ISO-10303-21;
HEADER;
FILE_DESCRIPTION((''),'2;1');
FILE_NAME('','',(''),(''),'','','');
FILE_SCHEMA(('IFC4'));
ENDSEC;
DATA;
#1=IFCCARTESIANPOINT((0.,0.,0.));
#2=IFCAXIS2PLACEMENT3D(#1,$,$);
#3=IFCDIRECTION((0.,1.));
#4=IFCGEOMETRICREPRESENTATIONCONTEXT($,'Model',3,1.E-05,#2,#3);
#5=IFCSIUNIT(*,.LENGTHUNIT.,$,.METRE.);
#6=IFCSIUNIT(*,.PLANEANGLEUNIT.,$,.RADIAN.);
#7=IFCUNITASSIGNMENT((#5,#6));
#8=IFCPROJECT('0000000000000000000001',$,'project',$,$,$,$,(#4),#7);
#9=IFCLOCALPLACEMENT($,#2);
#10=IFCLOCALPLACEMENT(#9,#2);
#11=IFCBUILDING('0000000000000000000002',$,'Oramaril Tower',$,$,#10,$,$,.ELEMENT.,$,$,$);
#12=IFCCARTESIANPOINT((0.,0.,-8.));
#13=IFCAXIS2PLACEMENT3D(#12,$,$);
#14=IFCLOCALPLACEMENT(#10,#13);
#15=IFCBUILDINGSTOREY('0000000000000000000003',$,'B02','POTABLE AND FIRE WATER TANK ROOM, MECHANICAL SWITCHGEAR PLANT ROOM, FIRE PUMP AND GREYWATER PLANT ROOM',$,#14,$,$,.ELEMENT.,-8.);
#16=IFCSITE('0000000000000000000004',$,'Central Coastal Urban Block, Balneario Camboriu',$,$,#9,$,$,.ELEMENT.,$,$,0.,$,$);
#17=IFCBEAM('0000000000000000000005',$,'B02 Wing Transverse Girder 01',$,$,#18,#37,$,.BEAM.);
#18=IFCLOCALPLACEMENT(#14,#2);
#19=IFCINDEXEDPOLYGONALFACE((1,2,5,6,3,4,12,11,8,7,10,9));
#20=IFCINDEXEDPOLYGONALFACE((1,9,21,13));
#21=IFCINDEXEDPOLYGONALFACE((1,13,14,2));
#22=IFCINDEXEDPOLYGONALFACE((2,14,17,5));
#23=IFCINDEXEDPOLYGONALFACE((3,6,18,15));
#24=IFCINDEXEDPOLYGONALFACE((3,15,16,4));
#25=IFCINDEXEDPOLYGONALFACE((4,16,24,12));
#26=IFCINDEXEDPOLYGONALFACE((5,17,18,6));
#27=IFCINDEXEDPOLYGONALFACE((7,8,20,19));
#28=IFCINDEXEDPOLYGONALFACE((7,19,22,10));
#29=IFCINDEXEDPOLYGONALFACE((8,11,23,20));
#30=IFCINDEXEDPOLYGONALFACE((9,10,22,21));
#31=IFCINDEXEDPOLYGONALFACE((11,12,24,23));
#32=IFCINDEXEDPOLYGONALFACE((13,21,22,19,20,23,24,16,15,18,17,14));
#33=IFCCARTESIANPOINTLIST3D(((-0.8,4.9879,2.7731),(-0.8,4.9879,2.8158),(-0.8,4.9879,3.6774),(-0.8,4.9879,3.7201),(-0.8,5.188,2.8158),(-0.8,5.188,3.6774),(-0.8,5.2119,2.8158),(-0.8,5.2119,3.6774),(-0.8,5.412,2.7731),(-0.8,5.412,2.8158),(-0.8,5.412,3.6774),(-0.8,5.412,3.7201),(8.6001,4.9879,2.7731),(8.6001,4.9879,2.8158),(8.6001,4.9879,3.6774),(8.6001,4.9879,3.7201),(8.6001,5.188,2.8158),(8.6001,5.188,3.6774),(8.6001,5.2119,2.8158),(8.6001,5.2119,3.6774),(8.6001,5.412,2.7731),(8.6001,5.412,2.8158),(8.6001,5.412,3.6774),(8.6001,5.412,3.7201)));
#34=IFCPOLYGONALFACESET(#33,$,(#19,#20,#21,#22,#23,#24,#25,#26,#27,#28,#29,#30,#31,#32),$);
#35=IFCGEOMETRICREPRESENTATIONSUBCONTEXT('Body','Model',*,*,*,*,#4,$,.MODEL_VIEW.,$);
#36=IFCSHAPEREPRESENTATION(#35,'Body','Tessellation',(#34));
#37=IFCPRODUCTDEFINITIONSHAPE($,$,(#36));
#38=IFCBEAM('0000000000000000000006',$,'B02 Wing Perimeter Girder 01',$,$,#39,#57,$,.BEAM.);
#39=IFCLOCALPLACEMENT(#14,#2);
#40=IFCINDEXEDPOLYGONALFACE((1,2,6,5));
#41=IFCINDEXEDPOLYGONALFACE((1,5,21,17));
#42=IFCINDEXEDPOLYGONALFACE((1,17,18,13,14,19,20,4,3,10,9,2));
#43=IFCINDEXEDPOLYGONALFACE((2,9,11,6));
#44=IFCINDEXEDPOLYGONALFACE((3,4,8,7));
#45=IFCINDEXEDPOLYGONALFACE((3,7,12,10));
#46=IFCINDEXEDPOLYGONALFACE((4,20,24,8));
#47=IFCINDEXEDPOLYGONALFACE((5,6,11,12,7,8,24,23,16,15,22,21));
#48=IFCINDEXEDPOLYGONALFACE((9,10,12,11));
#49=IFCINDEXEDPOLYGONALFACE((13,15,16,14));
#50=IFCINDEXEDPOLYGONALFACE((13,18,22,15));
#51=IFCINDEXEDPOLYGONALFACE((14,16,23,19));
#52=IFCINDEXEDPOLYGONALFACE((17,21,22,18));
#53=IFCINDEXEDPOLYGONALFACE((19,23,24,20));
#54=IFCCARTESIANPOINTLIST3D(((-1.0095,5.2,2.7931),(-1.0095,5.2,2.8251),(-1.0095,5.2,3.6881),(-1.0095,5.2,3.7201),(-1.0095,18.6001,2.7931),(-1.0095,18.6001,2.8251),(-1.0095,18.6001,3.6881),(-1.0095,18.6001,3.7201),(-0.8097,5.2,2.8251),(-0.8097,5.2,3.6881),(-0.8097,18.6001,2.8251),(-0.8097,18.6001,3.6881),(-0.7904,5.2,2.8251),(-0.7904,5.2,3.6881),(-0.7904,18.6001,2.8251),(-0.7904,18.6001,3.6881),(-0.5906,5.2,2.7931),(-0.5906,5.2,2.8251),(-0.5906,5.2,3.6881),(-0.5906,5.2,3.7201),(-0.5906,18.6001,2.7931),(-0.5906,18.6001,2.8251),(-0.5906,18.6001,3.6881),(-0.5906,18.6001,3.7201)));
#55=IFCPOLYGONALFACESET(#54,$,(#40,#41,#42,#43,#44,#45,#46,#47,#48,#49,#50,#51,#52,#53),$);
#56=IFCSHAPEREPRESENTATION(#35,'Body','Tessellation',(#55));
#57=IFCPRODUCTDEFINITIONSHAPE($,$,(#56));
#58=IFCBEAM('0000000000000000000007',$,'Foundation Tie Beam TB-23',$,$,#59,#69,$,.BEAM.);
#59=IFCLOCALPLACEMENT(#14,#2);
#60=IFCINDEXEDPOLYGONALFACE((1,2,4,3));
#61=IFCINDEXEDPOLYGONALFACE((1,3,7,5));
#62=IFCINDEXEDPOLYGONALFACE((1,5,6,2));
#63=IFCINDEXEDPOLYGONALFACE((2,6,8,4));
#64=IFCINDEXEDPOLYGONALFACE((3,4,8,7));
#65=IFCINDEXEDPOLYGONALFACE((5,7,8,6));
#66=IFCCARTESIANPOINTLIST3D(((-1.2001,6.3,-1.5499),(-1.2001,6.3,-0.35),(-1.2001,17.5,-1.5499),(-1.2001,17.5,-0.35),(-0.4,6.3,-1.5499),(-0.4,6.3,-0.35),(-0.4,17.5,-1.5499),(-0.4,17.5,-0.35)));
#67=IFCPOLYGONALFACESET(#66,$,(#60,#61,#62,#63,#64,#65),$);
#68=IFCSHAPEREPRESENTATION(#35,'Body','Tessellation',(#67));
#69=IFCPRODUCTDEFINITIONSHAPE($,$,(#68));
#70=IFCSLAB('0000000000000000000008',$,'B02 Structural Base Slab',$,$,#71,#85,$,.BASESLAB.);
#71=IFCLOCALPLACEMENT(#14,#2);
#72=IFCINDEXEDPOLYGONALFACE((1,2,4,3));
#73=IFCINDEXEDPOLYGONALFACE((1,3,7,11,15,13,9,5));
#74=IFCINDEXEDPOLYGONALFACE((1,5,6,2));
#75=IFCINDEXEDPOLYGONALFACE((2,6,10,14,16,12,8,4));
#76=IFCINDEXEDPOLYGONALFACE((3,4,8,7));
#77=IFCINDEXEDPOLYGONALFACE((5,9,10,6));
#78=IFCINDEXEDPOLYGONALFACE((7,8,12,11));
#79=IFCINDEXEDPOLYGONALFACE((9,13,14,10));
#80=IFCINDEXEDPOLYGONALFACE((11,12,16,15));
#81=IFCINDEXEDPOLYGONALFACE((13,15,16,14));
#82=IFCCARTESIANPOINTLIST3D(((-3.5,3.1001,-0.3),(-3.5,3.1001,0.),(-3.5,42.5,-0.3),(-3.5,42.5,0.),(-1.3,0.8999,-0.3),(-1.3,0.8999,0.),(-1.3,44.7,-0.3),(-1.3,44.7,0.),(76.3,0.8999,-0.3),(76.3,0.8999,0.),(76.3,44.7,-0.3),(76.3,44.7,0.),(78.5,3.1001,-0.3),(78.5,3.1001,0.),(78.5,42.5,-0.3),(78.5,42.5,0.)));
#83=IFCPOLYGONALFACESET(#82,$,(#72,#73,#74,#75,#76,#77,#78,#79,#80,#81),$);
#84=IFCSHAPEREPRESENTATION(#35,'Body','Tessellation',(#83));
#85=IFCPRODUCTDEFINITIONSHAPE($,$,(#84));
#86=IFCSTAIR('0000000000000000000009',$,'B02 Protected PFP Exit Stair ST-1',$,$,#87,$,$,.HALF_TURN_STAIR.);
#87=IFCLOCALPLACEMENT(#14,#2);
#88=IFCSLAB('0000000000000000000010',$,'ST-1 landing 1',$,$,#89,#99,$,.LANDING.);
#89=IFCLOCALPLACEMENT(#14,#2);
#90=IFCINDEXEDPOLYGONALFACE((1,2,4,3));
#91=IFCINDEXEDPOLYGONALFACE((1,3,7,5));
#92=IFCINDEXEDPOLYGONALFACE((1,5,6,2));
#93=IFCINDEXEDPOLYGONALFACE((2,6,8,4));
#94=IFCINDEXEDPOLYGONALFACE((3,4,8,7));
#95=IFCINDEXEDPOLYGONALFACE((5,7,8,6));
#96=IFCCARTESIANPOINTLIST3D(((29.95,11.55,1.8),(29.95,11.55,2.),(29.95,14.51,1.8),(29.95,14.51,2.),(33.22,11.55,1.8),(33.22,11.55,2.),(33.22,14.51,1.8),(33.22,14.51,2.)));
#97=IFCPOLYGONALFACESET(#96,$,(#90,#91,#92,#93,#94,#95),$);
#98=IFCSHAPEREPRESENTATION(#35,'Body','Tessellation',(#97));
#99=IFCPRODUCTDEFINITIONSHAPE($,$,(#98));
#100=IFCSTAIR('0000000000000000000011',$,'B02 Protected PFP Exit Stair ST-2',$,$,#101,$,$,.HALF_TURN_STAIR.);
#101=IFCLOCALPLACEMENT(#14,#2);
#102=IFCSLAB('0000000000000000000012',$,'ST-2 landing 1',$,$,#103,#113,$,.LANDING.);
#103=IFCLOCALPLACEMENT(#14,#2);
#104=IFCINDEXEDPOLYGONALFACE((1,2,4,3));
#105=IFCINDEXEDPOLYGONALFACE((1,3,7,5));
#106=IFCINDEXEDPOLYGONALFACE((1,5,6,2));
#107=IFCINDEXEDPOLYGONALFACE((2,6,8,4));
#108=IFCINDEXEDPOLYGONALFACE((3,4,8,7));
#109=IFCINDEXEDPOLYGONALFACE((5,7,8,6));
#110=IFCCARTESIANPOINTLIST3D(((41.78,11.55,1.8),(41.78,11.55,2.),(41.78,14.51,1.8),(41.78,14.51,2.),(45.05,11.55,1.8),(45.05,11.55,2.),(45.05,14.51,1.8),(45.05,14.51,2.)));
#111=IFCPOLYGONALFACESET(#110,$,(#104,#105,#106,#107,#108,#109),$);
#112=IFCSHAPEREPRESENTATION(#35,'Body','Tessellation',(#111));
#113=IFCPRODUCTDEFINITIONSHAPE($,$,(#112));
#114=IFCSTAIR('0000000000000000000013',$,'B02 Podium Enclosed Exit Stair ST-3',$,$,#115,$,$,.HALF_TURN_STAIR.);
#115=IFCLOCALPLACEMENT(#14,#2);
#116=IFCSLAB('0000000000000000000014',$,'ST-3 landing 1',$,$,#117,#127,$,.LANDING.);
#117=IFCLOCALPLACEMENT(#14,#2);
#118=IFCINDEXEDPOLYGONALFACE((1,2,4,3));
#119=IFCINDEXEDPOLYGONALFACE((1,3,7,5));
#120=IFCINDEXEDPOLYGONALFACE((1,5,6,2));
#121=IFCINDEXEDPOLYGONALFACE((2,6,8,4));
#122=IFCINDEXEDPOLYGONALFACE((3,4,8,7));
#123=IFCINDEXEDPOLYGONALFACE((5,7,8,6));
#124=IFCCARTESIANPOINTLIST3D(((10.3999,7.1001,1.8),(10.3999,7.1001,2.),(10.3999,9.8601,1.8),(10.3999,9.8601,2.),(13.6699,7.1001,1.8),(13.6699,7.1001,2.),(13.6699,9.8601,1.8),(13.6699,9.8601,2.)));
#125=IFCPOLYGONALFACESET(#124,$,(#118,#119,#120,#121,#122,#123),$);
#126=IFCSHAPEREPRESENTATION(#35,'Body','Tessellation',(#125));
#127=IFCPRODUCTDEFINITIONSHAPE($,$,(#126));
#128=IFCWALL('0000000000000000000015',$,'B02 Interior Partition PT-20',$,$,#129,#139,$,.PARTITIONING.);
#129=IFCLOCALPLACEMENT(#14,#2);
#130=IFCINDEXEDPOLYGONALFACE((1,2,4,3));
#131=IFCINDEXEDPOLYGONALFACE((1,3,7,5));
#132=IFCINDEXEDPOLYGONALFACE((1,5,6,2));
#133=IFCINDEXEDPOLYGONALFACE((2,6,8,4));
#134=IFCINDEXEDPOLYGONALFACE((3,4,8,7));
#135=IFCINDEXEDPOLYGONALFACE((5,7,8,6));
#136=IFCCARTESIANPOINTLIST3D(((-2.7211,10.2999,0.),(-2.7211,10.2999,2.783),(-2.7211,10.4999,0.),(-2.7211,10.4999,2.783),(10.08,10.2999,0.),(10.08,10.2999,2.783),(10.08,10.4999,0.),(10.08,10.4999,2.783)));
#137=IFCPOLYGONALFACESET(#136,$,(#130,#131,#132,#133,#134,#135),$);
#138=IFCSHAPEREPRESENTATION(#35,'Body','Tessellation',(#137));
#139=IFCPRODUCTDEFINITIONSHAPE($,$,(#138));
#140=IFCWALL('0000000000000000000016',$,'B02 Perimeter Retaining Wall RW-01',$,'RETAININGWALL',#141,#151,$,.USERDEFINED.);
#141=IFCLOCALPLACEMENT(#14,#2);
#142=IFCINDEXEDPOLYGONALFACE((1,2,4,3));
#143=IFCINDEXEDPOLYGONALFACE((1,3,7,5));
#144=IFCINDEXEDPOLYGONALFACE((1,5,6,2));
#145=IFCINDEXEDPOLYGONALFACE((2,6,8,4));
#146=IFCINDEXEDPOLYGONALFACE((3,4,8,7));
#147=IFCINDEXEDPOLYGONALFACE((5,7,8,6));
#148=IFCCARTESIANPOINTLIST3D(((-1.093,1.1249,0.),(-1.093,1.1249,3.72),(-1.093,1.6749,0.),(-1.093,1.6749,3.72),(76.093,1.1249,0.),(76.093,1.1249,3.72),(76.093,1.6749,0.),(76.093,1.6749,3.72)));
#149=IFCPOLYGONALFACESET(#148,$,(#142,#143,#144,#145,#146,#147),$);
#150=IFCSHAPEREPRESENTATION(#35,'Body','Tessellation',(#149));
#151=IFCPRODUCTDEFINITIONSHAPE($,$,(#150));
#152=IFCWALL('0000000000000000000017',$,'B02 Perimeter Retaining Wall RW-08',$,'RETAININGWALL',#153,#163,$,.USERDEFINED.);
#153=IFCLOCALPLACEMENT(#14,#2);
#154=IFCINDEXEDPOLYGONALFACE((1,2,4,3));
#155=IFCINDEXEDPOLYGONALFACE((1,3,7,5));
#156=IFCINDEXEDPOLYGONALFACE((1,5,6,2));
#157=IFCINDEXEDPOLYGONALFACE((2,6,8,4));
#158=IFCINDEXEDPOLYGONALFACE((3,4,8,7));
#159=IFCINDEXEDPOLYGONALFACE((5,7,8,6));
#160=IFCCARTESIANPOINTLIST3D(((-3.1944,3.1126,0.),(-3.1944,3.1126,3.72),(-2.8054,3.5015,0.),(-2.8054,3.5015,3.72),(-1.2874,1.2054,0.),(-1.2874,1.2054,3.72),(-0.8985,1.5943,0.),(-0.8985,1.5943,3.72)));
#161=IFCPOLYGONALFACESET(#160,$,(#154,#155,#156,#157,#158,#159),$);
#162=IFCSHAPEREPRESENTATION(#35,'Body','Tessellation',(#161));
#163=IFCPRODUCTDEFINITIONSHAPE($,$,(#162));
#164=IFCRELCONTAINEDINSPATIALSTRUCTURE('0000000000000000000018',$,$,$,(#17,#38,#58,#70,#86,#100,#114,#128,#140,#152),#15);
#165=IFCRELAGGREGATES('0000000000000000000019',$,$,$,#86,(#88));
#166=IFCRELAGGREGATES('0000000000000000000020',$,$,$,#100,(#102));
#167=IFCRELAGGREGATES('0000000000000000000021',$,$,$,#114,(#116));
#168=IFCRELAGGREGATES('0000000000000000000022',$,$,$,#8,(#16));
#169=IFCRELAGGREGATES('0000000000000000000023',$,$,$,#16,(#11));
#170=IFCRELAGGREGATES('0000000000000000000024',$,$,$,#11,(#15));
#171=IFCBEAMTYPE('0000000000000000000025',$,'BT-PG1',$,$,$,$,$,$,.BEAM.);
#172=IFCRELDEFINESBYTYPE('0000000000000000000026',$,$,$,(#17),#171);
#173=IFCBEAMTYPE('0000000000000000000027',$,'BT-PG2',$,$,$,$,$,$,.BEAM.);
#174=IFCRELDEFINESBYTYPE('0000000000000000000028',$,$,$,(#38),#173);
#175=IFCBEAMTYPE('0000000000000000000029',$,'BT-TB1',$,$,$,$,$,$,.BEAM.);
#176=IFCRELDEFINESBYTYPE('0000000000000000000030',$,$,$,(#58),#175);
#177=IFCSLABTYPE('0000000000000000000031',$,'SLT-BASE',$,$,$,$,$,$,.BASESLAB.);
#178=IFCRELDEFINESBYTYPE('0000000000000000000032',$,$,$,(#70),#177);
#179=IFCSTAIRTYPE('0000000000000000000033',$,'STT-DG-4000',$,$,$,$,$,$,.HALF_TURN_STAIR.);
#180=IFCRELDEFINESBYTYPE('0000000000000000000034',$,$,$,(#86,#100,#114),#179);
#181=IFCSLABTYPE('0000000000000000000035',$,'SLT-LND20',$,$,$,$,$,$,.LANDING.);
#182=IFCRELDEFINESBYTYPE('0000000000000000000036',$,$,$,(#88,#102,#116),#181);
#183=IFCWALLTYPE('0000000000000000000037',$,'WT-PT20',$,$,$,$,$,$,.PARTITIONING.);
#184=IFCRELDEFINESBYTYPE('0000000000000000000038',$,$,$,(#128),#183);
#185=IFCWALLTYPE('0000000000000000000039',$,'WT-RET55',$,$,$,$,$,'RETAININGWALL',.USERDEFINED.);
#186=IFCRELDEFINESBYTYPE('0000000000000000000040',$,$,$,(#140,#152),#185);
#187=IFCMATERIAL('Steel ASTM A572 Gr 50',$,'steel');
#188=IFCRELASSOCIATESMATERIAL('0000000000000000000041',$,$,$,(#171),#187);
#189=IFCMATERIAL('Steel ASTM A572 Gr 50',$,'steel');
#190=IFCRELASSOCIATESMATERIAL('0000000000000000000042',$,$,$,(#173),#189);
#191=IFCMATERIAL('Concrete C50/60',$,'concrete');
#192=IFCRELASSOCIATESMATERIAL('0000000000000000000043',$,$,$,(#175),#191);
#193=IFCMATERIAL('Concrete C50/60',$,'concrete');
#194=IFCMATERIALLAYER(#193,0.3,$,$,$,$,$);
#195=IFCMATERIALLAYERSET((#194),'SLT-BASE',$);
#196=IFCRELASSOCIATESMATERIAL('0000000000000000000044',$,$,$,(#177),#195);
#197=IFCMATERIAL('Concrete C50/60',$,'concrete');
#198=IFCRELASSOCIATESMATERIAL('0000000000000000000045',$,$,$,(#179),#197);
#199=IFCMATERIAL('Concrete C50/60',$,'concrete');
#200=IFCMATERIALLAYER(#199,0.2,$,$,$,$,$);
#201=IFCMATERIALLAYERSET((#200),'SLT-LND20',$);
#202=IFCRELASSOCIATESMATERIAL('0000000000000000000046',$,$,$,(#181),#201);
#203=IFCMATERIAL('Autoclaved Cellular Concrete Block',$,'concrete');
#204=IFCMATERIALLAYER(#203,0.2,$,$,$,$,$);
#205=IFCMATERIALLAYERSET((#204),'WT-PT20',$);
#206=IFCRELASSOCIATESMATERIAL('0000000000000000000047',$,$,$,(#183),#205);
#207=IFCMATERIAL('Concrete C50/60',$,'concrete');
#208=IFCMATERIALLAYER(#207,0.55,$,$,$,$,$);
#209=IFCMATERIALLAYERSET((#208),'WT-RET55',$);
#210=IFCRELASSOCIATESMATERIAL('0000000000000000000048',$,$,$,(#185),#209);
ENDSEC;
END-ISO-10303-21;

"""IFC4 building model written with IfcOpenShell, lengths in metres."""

from ifc_helpers import new_model, si_unit, direction, frame, frame_2d, origin, origin_2d, place, context, subcontext, project, spatial, polyline, rectangle, i_section, outline, extrude, material, layer, layer_set, material_profile, profile_set, type_object, element, aggregate, save


model = new_model("IFC4")

# Units and contexts
model_context = context("Model", 3, precision=1e-05, world=origin(), true_north=direction((0.0, 1.0)))
body_context = subcontext(model_context, "Body", "Model", "MODEL_VIEW")
ifc_project = project(units=[si_unit("LENGTHUNIT", "METRE"), si_unit("PLANEANGLEUNIT", "RADIAN")], contexts=[model_context])

# Site, building, storey
site_placement = place(None, origin())
site = spatial("IfcSite", under=ifc_project, at=site_placement, Name="Central Coastal Urban Block, Balneario Camboriu", CompositionType="ELEMENT", RefElevation=0.0)
building_placement = place(site_placement, origin())
building = spatial("IfcBuilding", under=site, at=building_placement, Name="Oramaril Tower", CompositionType="ELEMENT")
storey_placement = place(building_placement, frame((0.0, 0.0, -8.0)))
storey = spatial("IfcBuildingStorey", under=building, at=storey_placement, Name="B02", Description="POTABLE AND FIRE WATER TANK ROOM, MECHANICAL SWITCHGEAR PLANT ROOM, FIRE PUMP AND GREYWATER PLANT ROOM", CompositionType="ELEMENT", Elevation=-8.0)

# Beams
ifc_material_1 = material(Name="Steel ASTM A572 Gr 50", Category="steel")
ifc_material_profile_1 = material_profile(ifc_material_1, i_section(OverallWidth=0.4241, OverallDepth=0.947, WebThickness=0.0239, FlangeThickness=0.0427, at=origin_2d()), Name="W36X302")
ifc_profile_set_1 = profile_set([ifc_material_profile_1], Name="Steel ASTM A572 Gr 50")
beam_type_1 = type_object("IfcBeamType", Name="BT-PG1", PredefinedType="BEAM", material=ifc_profile_set_1)
beam_1_placement = place(storey_placement, frame((-0.8, 5.2, 3.2466), z_axis=(1.0, 0.0, 0.0), x_axis=(0.0, 1.0, 0.0)))
element("IfcBeam", 1, at=beam_1_placement, inside=storey, type_object=beam_type_1, Name="B02 Wing Transverse Girder 01", PredefinedType="BEAM", context=body_context, shape_type="SweptSolid", body=[
    extrude(i_section(OverallWidth=0.4241, OverallDepth=0.947, WebThickness=0.0239, FlangeThickness=0.0427, at=origin_2d()), origin(), (0.0, 0.0, 1.0), 9.4001),
])
ifc_material_2 = material(Name="Steel ASTM A572 Gr 50", Category="steel")
ifc_material_profile_2 = material_profile(ifc_material_2, i_section(OverallWidth=0.4189, OverallDepth=0.927, WebThickness=0.0193, FlangeThickness=0.032, at=origin_2d()), Name="W36X231")
ifc_profile_set_2 = profile_set([ifc_material_profile_2], Name="Steel ASTM A572 Gr 50")
beam_type_2 = type_object("IfcBeamType", Name="BT-PG2", PredefinedType="BEAM", material=ifc_profile_set_2)
beam_2_placement = place(storey_placement, frame((-0.8, 5.2, 3.2566), z_axis=(0.0, 1.0, 0.0), x_axis=(-1.0, 0.0, 0.0)))
element("IfcBeam", 2, at=beam_2_placement, inside=storey, type_object=beam_type_2, Name="B02 Wing Perimeter Girder 01", PredefinedType="BEAM", context=body_context, shape_type="SweptSolid", body=[
    extrude(i_section(OverallWidth=0.4189, OverallDepth=0.927, WebThickness=0.0193, FlangeThickness=0.032, at=origin_2d()), origin(), (0.0, 0.0, 1.0), 13.4001),
])
ifc_material_3 = material(Name="Concrete C50/60", Category="concrete")
ifc_material_profile_3 = material_profile(ifc_material_3, rectangle(XDim=0.8, YDim=1.2, at=origin_2d()), Name="TB800X1200")
ifc_profile_set_3 = profile_set([ifc_material_profile_3], Name="Concrete C50/60")
beam_type_3 = type_object("IfcBeamType", Name="BT-TB1", PredefinedType="BEAM", material=ifc_profile_set_3)
beam_3_placement = place(storey_placement, frame((-0.8, 6.3, -0.95), z_axis=(0.0, 1.0, 0.0), x_axis=(-1.0, 0.0, 0.0)))
element("IfcBeam", 3, at=beam_3_placement, inside=storey, type_object=beam_type_3, Name="Foundation Tie Beam TB-23", PredefinedType="BEAM", context=body_context, shape_type="SweptSolid", body=[
    extrude(rectangle(XDim=0.8, YDim=1.2, at=origin_2d()), origin(), (0.0, 0.0, 1.0), 11.2),
])

# Slab
ifc_material_4 = material(Name="Concrete C50/60", Category="concrete")
ifc_layer_1 = layer(ifc_material_4, 0.3)
ifc_layer_set_1 = layer_set([ifc_layer_1], Name="SLT-BASE")
slab_type_1 = type_object("IfcSlabType", Name="SLT-BASE", PredefinedType="BASESLAB", material=ifc_layer_set_1)
slab_1_placement = place(storey_placement, frame((0.0, 0.0, -0.3)))
element("IfcSlab", 4, at=slab_1_placement, inside=storey, type_object=slab_type_1, Name="B02 Structural Base Slab", PredefinedType="BASESLAB", context=body_context, shape_type="SweptSolid", body=[
    extrude(outline(polyline([(-1.3, 0.8999), (76.3, 0.8999), (78.5, 3.1001), (78.5, 42.5), (76.3, 44.7), (-1.3, 44.7), (-3.5, 42.5), (-3.5, 3.1001), (-1.3, 0.8999)])), origin(), (0.0, 0.0, 1.0), 0.3),
])

# Stairs, slabs
ifc_material_5 = material(Name="Concrete C50/60", Category="concrete")
stair_type = type_object("IfcStairType", Name="STT-DG-4000", PredefinedType="HALF_TURN_STAIR", material=ifc_material_5)
stair_1_placement = place(storey_placement, origin())
stair_1 = element("IfcStair", 5, at=stair_1_placement, inside=storey, type_object=stair_type, Name="B02 Protected PFP Exit Stair ST-1", PredefinedType="HALF_TURN_STAIR")
ifc_material_6 = material(Name="Concrete C50/60", Category="concrete")
ifc_layer_2 = layer(ifc_material_6, 0.2)
ifc_layer_set_2 = layer_set([ifc_layer_2], Name="SLT-LND20")
slab_type_2 = type_object("IfcSlabType", Name="SLT-LND20", PredefinedType="LANDING", material=ifc_layer_set_2)
slab_2_placement = place(storey_placement, frame((0.0, 0.0, 1.8)))
slab_2 = element("IfcSlab", 6, at=slab_2_placement, type_object=slab_type_2, Name="ST-1 landing 1", PredefinedType="LANDING", context=body_context, shape_type="SweptSolid", body=[
    extrude(outline(polyline([(29.95, 14.51), (29.95, 11.55), (33.22, 11.55), (33.22, 14.51), (29.95, 14.51)])), origin(), (0.0, 0.0, 1.0), 0.2),
])
aggregate(stair_1, [slab_2])
stair_2_placement = place(storey_placement, origin())
stair_2 = element("IfcStair", 7, at=stair_2_placement, inside=storey, type_object=stair_type, Name="B02 Protected PFP Exit Stair ST-2", PredefinedType="HALF_TURN_STAIR")
slab_3_placement = place(storey_placement, frame((0.0, 0.0, 1.8)))
slab_3 = element("IfcSlab", 8, at=slab_3_placement, type_object=slab_type_2, Name="ST-2 landing 1", PredefinedType="LANDING", context=body_context, shape_type="SweptSolid", body=[
    extrude(outline(polyline([(41.78, 14.51), (41.78, 11.55), (45.05, 11.55), (45.05, 14.51), (41.78, 14.51)])), origin(), (0.0, 0.0, 1.0), 0.2),
])
aggregate(stair_2, [slab_3])
stair_3_placement = place(storey_placement, origin())
stair_3 = element("IfcStair", 9, at=stair_3_placement, inside=storey, type_object=stair_type, Name="B02 Podium Enclosed Exit Stair ST-3", PredefinedType="HALF_TURN_STAIR")
slab_4_placement = place(storey_placement, frame((0.0, 0.0, 1.8)))
slab_4 = element("IfcSlab", 10, at=slab_4_placement, type_object=slab_type_2, Name="ST-3 landing 1", PredefinedType="LANDING", context=body_context, shape_type="SweptSolid", body=[
    extrude(outline(polyline([(10.3999, 9.8601), (10.3999, 7.1001), (13.6699, 7.1001), (13.6699, 9.8601), (10.3999, 9.8601)])), origin(), (0.0, 0.0, 1.0), 0.2),
])
aggregate(stair_3, [slab_4])

# Walls
ifc_material_7 = material(Name="Autoclaved Cellular Concrete Block", Category="concrete")
ifc_layer_3 = layer(ifc_material_7, 0.2)
ifc_layer_set_3 = layer_set([ifc_layer_3], Name="WT-PT20")
wall_type_1 = type_object("IfcWallType", Name="WT-PT20", PredefinedType="PARTITIONING", material=ifc_layer_set_3)
wall_1_placement = place(storey_placement, frame((-2.7209, 10.3999, 0.0), z_axis=(0.0, 0.0, 1.0), x_axis=(1.0, 0.0, 0.0)))
element("IfcWall", 11, at=wall_1_placement, inside=storey, type_object=wall_type_1, Name="B02 Interior Partition PT-20", PredefinedType="PARTITIONING", context=body_context, shape_type="SweptSolid", body=[
    extrude(rectangle(XDim=12.801, YDim=0.2, at=frame_2d((6.4004, 0.0))), origin(), (0.0, 0.0, 1.0), 2.783),
])
ifc_material_8 = material(Name="Concrete C50/60", Category="concrete")
ifc_layer_4 = layer(ifc_material_8, 0.55)
ifc_layer_set_4 = layer_set([ifc_layer_4], Name="WT-RET55")
wall_type_2 = type_object("IfcWallType", Name="WT-RET55", ElementType="RETAININGWALL", PredefinedType="USERDEFINED", material=ifc_layer_set_4)
wall_2_placement = place(storey_placement, frame((-1.093, 1.3999, 0.0), z_axis=(0.0, 0.0, 1.0), x_axis=(1.0, 0.0, 0.0)))
element("IfcWall", 12, at=wall_2_placement, inside=storey, type_object=wall_type_2, Name="B02 Perimeter Retaining Wall RW-01", ObjectType="RETAININGWALL", PredefinedType="USERDEFINED", context=body_context, shape_type="SweptSolid", body=[
    extrude(rectangle(XDim=77.186, YDim=0.55, at=frame_2d((38.593, 0.0))), origin(), (0.0, 0.0, 1.0), 3.72),
])
wall_3_placement = place(storey_placement, frame((-3.0, 3.3071, 0.0), z_axis=(0.0, 0.0, 1.0), x_axis=(0.707062, -0.707152, 0.0)))
element("IfcWall", 13, at=wall_3_placement, inside=storey, type_object=wall_type_2, Name="B02 Perimeter Retaining Wall RW-08", ObjectType="RETAININGWALL", PredefinedType="USERDEFINED", context=body_context, shape_type="SweptSolid", body=[
    extrude(rectangle(XDim=2.697, YDim=0.55, at=frame_2d((1.3486, 0.0))), origin(), (0.0, 0.0, 1.0), 3.72),
])

save(model, "model.ifc")
